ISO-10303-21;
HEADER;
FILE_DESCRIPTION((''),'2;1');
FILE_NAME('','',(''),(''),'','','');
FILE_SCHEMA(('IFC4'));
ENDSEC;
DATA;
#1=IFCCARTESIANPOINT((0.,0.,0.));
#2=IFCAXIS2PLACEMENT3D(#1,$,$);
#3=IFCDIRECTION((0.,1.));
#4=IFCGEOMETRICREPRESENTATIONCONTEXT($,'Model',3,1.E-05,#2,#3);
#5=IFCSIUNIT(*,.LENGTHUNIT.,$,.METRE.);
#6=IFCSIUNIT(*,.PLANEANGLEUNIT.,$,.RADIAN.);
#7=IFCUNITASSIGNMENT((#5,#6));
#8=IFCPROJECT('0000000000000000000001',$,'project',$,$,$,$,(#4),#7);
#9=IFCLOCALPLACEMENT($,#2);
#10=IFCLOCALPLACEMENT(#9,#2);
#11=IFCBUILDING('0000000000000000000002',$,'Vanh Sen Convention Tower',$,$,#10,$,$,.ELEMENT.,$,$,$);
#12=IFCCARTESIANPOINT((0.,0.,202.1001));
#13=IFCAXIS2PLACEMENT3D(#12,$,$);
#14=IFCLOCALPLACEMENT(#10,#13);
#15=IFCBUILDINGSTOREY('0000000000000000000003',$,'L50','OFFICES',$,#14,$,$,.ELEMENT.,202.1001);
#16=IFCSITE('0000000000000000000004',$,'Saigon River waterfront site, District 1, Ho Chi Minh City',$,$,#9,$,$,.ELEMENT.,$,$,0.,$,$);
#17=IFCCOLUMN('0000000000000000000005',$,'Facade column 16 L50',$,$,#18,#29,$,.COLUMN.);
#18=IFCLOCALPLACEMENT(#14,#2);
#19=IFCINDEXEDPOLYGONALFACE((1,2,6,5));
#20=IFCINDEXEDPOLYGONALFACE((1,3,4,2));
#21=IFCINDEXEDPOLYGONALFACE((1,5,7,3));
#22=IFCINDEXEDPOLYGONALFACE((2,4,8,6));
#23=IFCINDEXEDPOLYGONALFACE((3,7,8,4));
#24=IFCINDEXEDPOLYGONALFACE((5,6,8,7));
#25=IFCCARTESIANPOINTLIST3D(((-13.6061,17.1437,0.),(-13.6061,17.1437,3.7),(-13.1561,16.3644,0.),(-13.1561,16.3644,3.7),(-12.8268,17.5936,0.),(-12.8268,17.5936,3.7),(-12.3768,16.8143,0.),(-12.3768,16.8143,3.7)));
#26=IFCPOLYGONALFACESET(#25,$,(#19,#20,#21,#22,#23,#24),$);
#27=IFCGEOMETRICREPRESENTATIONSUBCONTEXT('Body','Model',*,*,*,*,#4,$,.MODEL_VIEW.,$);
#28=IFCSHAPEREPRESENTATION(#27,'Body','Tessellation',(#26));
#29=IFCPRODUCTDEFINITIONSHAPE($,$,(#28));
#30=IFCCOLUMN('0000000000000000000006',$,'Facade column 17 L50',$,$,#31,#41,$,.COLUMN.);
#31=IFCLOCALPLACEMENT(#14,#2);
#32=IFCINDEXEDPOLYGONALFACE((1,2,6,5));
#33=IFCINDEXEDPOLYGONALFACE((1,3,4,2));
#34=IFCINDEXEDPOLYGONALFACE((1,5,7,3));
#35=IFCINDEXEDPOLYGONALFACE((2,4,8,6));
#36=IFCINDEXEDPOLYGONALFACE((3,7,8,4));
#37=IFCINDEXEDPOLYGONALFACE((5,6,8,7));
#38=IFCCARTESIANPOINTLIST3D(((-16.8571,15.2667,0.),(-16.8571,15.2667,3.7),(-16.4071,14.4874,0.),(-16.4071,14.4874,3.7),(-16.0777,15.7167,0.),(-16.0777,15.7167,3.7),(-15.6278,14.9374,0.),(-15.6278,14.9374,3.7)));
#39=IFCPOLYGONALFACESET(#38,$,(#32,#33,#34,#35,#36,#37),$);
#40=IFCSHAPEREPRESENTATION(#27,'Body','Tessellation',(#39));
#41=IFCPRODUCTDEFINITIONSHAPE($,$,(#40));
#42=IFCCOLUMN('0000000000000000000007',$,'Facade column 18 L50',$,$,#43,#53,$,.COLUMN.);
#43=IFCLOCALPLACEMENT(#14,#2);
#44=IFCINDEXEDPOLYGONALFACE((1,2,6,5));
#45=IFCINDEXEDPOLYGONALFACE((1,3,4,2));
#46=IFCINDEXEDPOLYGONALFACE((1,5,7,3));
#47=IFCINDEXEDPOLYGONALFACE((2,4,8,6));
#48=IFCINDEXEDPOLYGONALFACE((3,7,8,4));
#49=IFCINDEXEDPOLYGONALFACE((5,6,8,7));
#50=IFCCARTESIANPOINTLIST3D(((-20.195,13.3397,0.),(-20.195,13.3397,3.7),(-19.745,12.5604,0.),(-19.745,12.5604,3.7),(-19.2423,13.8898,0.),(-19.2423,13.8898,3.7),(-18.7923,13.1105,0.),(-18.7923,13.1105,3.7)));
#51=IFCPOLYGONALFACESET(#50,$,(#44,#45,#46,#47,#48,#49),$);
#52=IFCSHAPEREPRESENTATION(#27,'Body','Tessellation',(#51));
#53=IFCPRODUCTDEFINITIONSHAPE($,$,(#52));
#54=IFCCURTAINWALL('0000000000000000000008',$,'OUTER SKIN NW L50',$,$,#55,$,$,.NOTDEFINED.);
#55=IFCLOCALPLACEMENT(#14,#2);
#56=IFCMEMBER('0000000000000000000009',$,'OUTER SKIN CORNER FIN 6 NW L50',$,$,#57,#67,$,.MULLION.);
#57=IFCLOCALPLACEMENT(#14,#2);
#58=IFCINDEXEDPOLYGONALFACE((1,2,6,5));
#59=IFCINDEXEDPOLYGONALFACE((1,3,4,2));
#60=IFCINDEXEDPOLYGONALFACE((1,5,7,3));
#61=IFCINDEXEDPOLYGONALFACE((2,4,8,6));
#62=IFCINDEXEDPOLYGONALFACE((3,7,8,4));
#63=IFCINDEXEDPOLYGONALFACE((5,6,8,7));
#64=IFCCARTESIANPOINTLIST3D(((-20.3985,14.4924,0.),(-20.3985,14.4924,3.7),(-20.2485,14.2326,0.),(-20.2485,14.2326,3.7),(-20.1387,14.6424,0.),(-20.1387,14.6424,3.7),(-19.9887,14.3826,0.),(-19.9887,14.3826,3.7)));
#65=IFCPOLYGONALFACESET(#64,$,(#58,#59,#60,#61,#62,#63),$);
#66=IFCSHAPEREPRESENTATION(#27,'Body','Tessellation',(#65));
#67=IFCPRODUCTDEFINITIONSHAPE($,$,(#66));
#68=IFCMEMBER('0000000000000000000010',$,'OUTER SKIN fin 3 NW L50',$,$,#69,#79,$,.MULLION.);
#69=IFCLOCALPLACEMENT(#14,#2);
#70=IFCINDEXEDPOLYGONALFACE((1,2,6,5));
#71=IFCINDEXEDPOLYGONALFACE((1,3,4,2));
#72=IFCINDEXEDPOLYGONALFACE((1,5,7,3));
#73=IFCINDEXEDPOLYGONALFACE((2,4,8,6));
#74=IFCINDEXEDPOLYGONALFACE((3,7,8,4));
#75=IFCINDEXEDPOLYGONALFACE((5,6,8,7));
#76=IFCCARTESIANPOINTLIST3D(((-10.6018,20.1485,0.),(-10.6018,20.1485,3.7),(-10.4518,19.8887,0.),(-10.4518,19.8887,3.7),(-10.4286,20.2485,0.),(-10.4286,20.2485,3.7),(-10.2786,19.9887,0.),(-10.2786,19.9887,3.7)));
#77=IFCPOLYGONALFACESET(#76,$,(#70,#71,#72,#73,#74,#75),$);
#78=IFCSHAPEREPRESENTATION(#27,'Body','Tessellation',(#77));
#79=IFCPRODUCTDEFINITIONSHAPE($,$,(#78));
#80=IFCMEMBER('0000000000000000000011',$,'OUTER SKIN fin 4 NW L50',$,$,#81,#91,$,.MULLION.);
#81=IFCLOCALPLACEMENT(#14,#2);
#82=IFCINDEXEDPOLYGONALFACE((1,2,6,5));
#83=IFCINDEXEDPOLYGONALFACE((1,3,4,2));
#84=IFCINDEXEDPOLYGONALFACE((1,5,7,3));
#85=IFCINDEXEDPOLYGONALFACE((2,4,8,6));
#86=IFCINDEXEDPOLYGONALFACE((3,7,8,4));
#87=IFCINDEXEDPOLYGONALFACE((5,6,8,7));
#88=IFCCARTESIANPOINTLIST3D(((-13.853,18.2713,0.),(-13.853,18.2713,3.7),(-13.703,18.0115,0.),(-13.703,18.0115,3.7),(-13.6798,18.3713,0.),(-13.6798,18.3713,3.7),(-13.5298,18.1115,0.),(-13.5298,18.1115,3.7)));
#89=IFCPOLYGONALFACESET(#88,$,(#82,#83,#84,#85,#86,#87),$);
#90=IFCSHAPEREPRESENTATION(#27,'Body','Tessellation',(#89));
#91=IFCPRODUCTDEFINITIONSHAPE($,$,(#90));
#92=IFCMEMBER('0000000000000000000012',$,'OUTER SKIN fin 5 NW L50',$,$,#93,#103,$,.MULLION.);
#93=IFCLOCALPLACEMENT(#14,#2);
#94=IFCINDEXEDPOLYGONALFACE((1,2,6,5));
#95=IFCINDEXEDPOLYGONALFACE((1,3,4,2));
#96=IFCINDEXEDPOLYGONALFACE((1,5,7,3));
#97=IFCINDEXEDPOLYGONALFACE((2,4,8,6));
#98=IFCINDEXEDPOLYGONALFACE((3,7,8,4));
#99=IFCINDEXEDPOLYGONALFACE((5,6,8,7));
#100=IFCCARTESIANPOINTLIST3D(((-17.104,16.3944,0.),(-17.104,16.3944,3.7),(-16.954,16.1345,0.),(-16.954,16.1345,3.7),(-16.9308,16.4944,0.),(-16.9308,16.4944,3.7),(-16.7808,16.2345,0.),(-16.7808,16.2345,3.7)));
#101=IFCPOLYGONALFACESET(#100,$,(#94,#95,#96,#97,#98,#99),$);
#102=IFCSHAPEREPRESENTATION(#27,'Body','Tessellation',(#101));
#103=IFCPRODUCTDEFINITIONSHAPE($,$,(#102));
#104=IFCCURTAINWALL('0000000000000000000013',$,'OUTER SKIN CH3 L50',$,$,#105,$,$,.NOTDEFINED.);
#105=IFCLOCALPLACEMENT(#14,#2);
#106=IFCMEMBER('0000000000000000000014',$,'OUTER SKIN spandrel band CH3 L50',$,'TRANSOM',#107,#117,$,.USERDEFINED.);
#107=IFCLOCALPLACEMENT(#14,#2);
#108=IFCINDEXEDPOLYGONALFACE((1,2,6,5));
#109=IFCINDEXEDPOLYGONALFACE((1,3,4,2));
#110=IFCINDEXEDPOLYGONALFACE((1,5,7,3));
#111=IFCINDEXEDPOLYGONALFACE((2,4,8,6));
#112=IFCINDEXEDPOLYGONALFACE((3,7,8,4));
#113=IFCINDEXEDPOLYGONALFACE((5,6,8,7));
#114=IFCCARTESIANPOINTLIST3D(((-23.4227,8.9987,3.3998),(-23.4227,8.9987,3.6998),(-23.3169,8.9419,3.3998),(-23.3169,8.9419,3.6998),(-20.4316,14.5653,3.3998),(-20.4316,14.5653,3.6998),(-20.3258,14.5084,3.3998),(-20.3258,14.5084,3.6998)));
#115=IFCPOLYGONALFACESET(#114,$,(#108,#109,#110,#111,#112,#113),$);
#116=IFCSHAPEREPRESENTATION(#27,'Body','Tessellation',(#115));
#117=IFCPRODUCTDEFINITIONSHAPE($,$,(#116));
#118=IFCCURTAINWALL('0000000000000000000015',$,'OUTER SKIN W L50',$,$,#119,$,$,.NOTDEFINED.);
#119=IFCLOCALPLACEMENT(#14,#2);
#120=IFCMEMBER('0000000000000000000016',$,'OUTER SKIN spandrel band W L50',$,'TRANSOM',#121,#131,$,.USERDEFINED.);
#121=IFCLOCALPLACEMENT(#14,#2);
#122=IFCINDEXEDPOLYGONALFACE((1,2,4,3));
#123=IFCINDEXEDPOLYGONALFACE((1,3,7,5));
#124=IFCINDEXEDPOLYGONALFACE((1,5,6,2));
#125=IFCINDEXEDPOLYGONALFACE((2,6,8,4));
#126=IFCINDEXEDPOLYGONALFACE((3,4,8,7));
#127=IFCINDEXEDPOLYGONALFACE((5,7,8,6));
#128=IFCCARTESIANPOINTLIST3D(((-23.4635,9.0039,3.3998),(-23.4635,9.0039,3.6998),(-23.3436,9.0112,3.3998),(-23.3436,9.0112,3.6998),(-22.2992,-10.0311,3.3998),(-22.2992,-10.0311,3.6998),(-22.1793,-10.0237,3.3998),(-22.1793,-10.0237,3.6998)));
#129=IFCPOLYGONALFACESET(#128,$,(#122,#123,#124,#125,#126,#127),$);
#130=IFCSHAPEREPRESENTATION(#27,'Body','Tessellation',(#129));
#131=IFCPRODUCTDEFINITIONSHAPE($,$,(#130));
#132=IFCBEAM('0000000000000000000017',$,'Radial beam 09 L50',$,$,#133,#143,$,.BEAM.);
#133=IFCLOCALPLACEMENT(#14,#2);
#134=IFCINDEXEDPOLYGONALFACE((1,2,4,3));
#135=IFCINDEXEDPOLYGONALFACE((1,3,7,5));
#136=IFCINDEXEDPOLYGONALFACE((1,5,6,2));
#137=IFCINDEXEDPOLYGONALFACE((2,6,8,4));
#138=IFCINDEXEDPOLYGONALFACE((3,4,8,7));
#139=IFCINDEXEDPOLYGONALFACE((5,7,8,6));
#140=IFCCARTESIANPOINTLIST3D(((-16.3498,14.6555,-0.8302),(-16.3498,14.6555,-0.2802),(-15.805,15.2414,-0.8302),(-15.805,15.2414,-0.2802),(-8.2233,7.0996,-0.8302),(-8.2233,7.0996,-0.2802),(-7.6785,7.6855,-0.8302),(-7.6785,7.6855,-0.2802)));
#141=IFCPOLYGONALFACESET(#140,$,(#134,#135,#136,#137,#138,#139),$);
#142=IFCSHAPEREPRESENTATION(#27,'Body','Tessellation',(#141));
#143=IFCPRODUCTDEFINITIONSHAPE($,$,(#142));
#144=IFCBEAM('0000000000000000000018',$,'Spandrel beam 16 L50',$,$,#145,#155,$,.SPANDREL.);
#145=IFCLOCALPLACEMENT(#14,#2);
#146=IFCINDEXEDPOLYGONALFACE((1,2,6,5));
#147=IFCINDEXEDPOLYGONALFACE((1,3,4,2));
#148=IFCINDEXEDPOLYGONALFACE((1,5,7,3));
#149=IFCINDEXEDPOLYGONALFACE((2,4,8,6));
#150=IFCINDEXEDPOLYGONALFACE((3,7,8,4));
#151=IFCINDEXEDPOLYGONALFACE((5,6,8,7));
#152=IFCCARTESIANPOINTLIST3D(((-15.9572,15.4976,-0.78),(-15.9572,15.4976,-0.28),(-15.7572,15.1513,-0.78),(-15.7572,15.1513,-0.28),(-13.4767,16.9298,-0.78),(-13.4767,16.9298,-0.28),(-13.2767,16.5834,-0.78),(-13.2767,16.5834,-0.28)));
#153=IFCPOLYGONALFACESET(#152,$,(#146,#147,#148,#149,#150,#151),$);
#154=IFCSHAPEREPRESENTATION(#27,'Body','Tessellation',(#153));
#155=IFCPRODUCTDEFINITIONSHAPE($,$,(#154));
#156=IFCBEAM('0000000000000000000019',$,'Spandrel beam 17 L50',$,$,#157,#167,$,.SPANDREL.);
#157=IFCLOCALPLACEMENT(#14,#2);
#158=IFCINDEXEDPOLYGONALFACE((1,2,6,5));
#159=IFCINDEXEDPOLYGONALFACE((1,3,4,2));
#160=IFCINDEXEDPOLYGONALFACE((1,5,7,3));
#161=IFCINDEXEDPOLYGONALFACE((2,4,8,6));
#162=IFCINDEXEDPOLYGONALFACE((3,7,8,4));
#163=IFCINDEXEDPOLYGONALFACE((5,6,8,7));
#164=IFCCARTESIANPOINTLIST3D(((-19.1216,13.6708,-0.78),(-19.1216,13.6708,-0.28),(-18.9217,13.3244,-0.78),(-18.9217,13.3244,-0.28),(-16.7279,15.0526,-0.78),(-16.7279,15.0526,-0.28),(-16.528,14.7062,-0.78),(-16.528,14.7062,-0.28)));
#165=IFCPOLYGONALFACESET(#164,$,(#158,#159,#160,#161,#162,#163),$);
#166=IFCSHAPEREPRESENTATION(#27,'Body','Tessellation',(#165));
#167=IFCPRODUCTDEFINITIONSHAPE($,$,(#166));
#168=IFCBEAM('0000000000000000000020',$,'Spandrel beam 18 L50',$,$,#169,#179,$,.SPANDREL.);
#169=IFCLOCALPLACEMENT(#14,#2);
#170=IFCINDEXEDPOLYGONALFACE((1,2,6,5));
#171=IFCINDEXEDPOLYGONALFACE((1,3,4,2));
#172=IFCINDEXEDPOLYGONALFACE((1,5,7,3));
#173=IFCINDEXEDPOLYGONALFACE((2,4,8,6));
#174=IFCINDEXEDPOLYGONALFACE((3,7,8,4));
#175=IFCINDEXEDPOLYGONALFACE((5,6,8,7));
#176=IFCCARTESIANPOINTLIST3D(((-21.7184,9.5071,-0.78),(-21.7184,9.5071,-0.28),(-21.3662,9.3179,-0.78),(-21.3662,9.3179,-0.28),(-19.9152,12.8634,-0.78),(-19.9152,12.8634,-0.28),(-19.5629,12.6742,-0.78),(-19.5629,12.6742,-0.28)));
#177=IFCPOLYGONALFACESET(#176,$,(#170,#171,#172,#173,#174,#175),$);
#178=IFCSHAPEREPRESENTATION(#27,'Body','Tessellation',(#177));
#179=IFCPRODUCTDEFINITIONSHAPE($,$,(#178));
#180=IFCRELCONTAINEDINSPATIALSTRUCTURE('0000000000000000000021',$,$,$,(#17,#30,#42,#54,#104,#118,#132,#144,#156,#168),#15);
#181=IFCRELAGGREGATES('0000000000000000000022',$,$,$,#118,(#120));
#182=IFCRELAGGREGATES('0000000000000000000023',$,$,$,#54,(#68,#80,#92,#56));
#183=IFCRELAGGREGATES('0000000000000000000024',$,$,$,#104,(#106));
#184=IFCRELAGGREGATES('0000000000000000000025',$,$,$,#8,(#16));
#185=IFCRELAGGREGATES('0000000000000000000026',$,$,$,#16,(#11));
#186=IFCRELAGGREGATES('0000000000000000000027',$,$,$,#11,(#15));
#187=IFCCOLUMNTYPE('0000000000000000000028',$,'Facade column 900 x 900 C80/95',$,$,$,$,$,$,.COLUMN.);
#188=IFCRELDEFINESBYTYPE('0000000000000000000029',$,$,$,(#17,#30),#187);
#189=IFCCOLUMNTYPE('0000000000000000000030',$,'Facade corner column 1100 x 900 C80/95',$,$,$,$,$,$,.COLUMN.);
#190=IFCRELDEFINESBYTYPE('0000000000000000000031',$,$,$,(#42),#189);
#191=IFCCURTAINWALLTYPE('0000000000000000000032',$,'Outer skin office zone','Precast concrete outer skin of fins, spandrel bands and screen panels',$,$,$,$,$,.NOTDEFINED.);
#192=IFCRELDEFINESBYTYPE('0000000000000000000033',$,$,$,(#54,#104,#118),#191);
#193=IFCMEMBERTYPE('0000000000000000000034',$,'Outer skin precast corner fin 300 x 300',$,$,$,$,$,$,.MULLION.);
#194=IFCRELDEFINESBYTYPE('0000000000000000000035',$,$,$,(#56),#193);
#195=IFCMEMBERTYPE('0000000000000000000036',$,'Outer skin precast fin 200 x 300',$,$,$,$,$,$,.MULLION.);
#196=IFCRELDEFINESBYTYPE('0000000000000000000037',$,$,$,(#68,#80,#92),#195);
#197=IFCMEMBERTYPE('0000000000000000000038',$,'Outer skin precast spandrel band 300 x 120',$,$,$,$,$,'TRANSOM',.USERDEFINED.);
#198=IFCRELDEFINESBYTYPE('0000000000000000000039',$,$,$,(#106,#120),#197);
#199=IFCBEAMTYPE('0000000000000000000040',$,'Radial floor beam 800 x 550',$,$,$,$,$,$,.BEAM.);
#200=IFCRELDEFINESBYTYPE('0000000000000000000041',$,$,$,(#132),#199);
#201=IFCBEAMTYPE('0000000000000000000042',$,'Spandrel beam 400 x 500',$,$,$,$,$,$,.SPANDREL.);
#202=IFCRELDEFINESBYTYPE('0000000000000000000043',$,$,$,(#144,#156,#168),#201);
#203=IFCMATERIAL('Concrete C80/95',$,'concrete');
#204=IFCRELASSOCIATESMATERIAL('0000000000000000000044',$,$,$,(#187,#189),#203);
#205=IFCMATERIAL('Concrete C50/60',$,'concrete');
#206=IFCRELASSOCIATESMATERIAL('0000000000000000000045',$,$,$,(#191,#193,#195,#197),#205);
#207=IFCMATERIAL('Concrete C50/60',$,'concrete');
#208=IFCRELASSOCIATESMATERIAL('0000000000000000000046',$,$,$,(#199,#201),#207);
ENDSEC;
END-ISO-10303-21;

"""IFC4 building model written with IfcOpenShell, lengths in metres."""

from ifc_helpers import new_model, si_unit, direction, frame, origin, origin_2d, place, context, subcontext, project, spatial, rectangle, extrude, material, material_profile, profile_set, type_object, element, aggregate, save


model = new_model("IFC4")

# Units and contexts
model_context = context("Model", 3, precision=1e-05, world=origin(), true_north=direction((0.0, 1.0)))
body_context = subcontext(model_context, "Body", "Model", "MODEL_VIEW")
ifc_project = project(units=[si_unit("LENGTHUNIT", "METRE"), si_unit("PLANEANGLEUNIT", "RADIAN")], contexts=[model_context])

# Site, building, storey
site_placement = place(None, origin())
site = spatial("IfcSite", under=ifc_project, at=site_placement, Name="Saigon River waterfront site, District 1, Ho Chi Minh City", CompositionType="ELEMENT", RefElevation=0.0)
building_placement = place(site_placement, origin())
building = spatial("IfcBuilding", under=site, at=building_placement, Name="Vanh Sen Convention Tower", CompositionType="ELEMENT")
storey_placement = place(building_placement, frame((0.0, 0.0, 202.1001)))
storey = spatial("IfcBuildingStorey", under=building, at=storey_placement, Name="L50", Description="OFFICES", CompositionType="ELEMENT", Elevation=202.1001)

# Columns
ifc_material_1 = material(Name="Concrete C80/95", Category="concrete")
ifc_material_profile_1 = material_profile(ifc_material_1, rectangle(XDim=0.8999, YDim=0.8999, at=origin_2d()), Name="RC 900X900")
ifc_profile_set_1 = profile_set([ifc_material_profile_1], Name="Concrete C80/95")
column_type_1 = type_object("IfcColumnType", Name="Facade column 900 x 900 C80/95", PredefinedType="COLUMN", material=ifc_profile_set_1)
for number, where, z_axis, x_axis, name in (
    (1, (-12.9915, 16.979, 0.0), (0.0, 0.0, 1.0), (-0.866025, -0.5, 0.0), "Facade column 16 L50"),
    (2, (-16.2424, 15.1021, 0.0), (0.0, 0.0, 1.0), (-0.866025, -0.5, 0.0), "Facade column 17 L50"),
):
    element("IfcColumn", number, at=place(storey_placement, frame(where, z_axis=z_axis, x_axis=x_axis)), inside=storey, type_object=column_type_1, Name=name, PredefinedType="COLUMN", context=body_context, shape_type="SweptSolid", body=[
        extrude(rectangle(XDim=0.8999, YDim=0.8999, at=origin_2d()), origin(), (0.0, 0.0, 1.0), 3.7),
    ])
ifc_material_profile_2 = material_profile(ifc_material_1, rectangle(XDim=1.1001, YDim=0.8999, at=origin_2d()), Name="RC 1100X900")
ifc_profile_set_2 = profile_set([ifc_material_profile_2], Name="Concrete C80/95")
column_type_2 = type_object("IfcColumnType", Name="Facade corner column 1100 x 900 C80/95", PredefinedType="COLUMN", material=ifc_profile_set_2)
column_placement = place(storey_placement, frame((-19.4937, 13.2251, 0.0), z_axis=(0.0, 0.0, 1.0), x_axis=(-0.866025, -0.5, 0.0)))
element("IfcColumn", 3, at=column_placement, inside=storey, type_object=column_type_2, Name="Facade column 18 L50", PredefinedType="COLUMN", context=body_context, shape_type="SweptSolid", body=[
    extrude(rectangle(XDim=1.1001, YDim=0.8999, at=origin_2d()), origin(), (0.0, 0.0, 1.0), 3.7),
])

# Curtain wall, members
ifc_material_2 = material(Name="Concrete C50/60", Category="concrete")
curtain_wall_type = type_object("IfcCurtainWallType", Name="Outer skin office zone", Description="Precast concrete outer skin of fins, spandrel bands and screen panels", PredefinedType="NOTDEFINED", material=ifc_material_2)
curtain_wall_1_placement = place(storey_placement, origin())
curtain_wall_1 = element("IfcCurtainWall", 4, at=curtain_wall_1_placement, inside=storey, type_object=curtain_wall_type, Name="OUTER SKIN NW L50", PredefinedType="NOTDEFINED")
ifc_material_profile_3 = material_profile(ifc_material_2, rectangle(XDim=0.3, YDim=0.3, at=origin_2d()), Name="Outer skin precast corner fin 300 x 300")
ifc_profile_set_3 = profile_set([ifc_material_profile_3], Name="Concrete C50/60")
member_type_1 = type_object("IfcMemberType", Name="Outer skin precast corner fin 300 x 300", PredefinedType="MULLION", material=ifc_profile_set_3)
member_1_placement = place(storey_placement, frame((-20.1936, 14.4375, 0.0), z_axis=(0.0, 0.0, 1.0), x_axis=(-0.866025, -0.5, 0.0)))
member_1 = element("IfcMember", 5, at=member_1_placement, type_object=member_type_1, Name="OUTER SKIN CORNER FIN 6 NW L50", PredefinedType="MULLION", context=body_context, shape_type="SweptSolid", body=[
    extrude(rectangle(XDim=0.3, YDim=0.3, at=origin_2d()), origin(), (0.0, 0.0, 1.0), 3.7),
])
ifc_material_profile_4 = material_profile(ifc_material_2, rectangle(XDim=0.2, YDim=0.3, at=origin_2d()), Name="Outer skin precast fin 200 x 300")
ifc_profile_set_4 = profile_set([ifc_material_profile_4], Name="Concrete C50/60")
member_type_2 = type_object("IfcMemberType", Name="Outer skin precast fin 200 x 300", PredefinedType="MULLION", material=ifc_profile_set_4)
member_2_placement = place(storey_placement, frame((-10.4402, 20.0686, 0.0), z_axis=(0.0, 0.0, 1.0), x_axis=(-0.866025, -0.5, 0.0)))
member_2 = element("IfcMember", 6, at=member_2_placement, type_object=member_type_2, Name="OUTER SKIN fin 3 NW L50", PredefinedType="MULLION", context=body_context, shape_type="SweptSolid", body=[
    extrude(rectangle(XDim=0.2, YDim=0.3, at=origin_2d()), origin(), (0.0, 0.0, 1.0), 3.7),
])
member_3_placement = place(storey_placement, frame((-13.6914, 18.1914, 0.0), z_axis=(0.0, 0.0, 1.0), x_axis=(-0.866025, -0.5, 0.0)))
member_3 = element("IfcMember", 7, at=member_3_placement, type_object=member_type_2, Name="OUTER SKIN fin 4 NW L50", PredefinedType="MULLION", context=body_context, shape_type="SweptSolid", body=[
    extrude(rectangle(XDim=0.2, YDim=0.3, at=origin_2d()), origin(), (0.0, 0.0, 1.0), 3.7),
])
member_4_placement = place(storey_placement, frame((-16.9424, 16.3145, 0.0), z_axis=(0.0, 0.0, 1.0), x_axis=(-0.866025, -0.5, 0.0)))
member_4 = element("IfcMember", 8, at=member_4_placement, type_object=member_type_2, Name="OUTER SKIN fin 5 NW L50", PredefinedType="MULLION", context=body_context, shape_type="SweptSolid", body=[
    extrude(rectangle(XDim=0.2, YDim=0.3, at=origin_2d()), origin(), (0.0, 0.0, 1.0), 3.7),
])

# Curtain walls, members
curtain_wall_2_placement = place(storey_placement, origin())
curtain_wall_2 = element("IfcCurtainWall", 9, at=curtain_wall_2_placement, inside=storey, type_object=curtain_wall_type, Name="OUTER SKIN CH3 L50", PredefinedType="NOTDEFINED")
ifc_material_profile_5 = material_profile(ifc_material_2, rectangle(XDim=0.1201, YDim=0.3, at=origin_2d()), Name="Outer skin precast spandrel band 300 x 120")
ifc_profile_set_5 = profile_set([ifc_material_profile_5], Name="Concrete C50/60")
member_type_3 = type_object("IfcMemberType", Name="Outer skin precast spandrel band 300 x 120", ElementType="TRANSOM", PredefinedType="USERDEFINED", material=ifc_profile_set_5)
member_5_placement = place(storey_placement, frame((-20.3787, 14.5369, 3.5498), z_axis=(-0.473337, -0.880881, 0.0), x_axis=(0.880881, -0.473337, 0.0)))
member_5 = element("IfcMember", 10, at=member_5_placement, type_object=member_type_3, Name="OUTER SKIN spandrel band CH3 L50", ObjectType="TRANSOM", PredefinedType="USERDEFINED", context=body_context, shape_type="SweptSolid", body=[
    extrude(rectangle(XDim=0.1201, YDim=0.3, at=origin_2d()), origin(), (0.0, 0.0, 1.0), 6.3193),
])
curtain_wall_3_placement = place(storey_placement, origin())
curtain_wall_3 = element("IfcCurtainWall", 11, at=curtain_wall_3_placement, inside=storey, type_object=curtain_wall_type, Name="OUTER SKIN W L50", PredefinedType="NOTDEFINED")
member_6_placement = place(storey_placement, frame((-23.4036, 9.0076, 3.5498), z_axis=(0.061053, -0.998135, 0.0), x_axis=(0.998135, 0.061053, 0.0)))
member_6 = element("IfcMember", 12, at=member_6_placement, type_object=member_type_3, Name="OUTER SKIN spandrel band W L50", ObjectType="TRANSOM", PredefinedType="USERDEFINED", context=body_context, shape_type="SweptSolid", body=[
    extrude(rectangle(XDim=0.1201, YDim=0.3, at=origin_2d()), origin(), (0.0, 0.0, 1.0), 19.0706),
])
aggregate(curtain_wall_3, [member_6])

# Beams
ifc_material_3 = material(Name="Concrete C50/60", Category="concrete")
ifc_material_profile_6 = material_profile(ifc_material_3, rectangle(XDim=0.8, YDim=0.55, at=origin_2d()), Name="RC 800X550")
ifc_profile_set_6 = profile_set([ifc_material_profile_6], Name="Concrete C50/60")
beam_type_1 = type_object("IfcBeamType", Name="Radial floor beam 800 x 550", PredefinedType="BEAM", material=ifc_profile_set_6)
beam_1_placement = place(storey_placement, frame((-16.0774, 14.9485, -0.5552), z_axis=(0.732348, -0.68093, 0.0), x_axis=(0.68093, 0.732348, 0.0)))
element("IfcBeam", 13, at=beam_1_placement, inside=storey, type_object=beam_type_1, Name="Radial beam 09 L50", PredefinedType="BEAM", context=body_context, shape_type="SweptSolid", body=[
    extrude(rectangle(XDim=0.8, YDim=0.55, at=origin_2d()), origin(), (0.0, 0.0, 1.0), 11.0964),
])
ifc_material_profile_7 = material_profile(ifc_material_3, rectangle(XDim=0.3999, YDim=0.5, at=origin_2d()), Name="RC 400X500")
ifc_profile_set_7 = profile_set([ifc_material_profile_7], Name="Concrete C50/60")
beam_type_2 = type_object("IfcBeamType", Name="Spandrel beam 400 x 500", PredefinedType="SPANDREL", material=ifc_profile_set_7)
beam_2_placement = place(storey_placement, frame((-13.3767, 16.7566, -0.53), z_axis=(-0.866021, -0.500008, 0.0), x_axis=(0.500008, -0.866021, 0.0)))
element("IfcBeam", 14, at=beam_2_placement, inside=storey, type_object=beam_type_2, Name="Spandrel beam 16 L50", PredefinedType="SPANDREL", context=body_context, shape_type="SweptSolid", body=[
    extrude(rectangle(XDim=0.3999, YDim=0.5, at=origin_2d()), origin(), (0.0, 0.0, 1.0), 2.8643),
])
beam_3_placement = place(storey_placement, frame((-16.6279, 14.8794, -0.53), z_axis=(-0.866061, -0.499939, 0.0), x_axis=(0.499939, -0.866061, 0.0)))
element("IfcBeam", 15, at=beam_3_placement, inside=storey, type_object=beam_type_2, Name="Spandrel beam 17 L50", PredefinedType="SPANDREL", context=body_context, shape_type="SweptSolid", body=[
    extrude(rectangle(XDim=0.3999, YDim=0.5, at=origin_2d()), origin(), (0.0, 0.0, 1.0), 2.7639),
])
beam_4_placement = place(storey_placement, frame((-19.739, 12.7688, -0.53), z_axis=(-0.473293, -0.880905, 0.0), x_axis=(0.880905, -0.473293, 0.0)))
element("IfcBeam", 16, at=beam_4_placement, inside=storey, type_object=beam_type_2, Name="Spandrel beam 18 L50", PredefinedType="SPANDREL", context=body_context, shape_type="SweptSolid", body=[
    extrude(rectangle(XDim=0.3999, YDim=0.5, at=origin_2d()), origin(), (0.0, 0.0, 1.0), 3.8101),
])

aggregate(curtain_wall_1, [member_2, member_3, member_4, member_1])
aggregate(curtain_wall_2, [member_5])

save(model, "model.ifc")
